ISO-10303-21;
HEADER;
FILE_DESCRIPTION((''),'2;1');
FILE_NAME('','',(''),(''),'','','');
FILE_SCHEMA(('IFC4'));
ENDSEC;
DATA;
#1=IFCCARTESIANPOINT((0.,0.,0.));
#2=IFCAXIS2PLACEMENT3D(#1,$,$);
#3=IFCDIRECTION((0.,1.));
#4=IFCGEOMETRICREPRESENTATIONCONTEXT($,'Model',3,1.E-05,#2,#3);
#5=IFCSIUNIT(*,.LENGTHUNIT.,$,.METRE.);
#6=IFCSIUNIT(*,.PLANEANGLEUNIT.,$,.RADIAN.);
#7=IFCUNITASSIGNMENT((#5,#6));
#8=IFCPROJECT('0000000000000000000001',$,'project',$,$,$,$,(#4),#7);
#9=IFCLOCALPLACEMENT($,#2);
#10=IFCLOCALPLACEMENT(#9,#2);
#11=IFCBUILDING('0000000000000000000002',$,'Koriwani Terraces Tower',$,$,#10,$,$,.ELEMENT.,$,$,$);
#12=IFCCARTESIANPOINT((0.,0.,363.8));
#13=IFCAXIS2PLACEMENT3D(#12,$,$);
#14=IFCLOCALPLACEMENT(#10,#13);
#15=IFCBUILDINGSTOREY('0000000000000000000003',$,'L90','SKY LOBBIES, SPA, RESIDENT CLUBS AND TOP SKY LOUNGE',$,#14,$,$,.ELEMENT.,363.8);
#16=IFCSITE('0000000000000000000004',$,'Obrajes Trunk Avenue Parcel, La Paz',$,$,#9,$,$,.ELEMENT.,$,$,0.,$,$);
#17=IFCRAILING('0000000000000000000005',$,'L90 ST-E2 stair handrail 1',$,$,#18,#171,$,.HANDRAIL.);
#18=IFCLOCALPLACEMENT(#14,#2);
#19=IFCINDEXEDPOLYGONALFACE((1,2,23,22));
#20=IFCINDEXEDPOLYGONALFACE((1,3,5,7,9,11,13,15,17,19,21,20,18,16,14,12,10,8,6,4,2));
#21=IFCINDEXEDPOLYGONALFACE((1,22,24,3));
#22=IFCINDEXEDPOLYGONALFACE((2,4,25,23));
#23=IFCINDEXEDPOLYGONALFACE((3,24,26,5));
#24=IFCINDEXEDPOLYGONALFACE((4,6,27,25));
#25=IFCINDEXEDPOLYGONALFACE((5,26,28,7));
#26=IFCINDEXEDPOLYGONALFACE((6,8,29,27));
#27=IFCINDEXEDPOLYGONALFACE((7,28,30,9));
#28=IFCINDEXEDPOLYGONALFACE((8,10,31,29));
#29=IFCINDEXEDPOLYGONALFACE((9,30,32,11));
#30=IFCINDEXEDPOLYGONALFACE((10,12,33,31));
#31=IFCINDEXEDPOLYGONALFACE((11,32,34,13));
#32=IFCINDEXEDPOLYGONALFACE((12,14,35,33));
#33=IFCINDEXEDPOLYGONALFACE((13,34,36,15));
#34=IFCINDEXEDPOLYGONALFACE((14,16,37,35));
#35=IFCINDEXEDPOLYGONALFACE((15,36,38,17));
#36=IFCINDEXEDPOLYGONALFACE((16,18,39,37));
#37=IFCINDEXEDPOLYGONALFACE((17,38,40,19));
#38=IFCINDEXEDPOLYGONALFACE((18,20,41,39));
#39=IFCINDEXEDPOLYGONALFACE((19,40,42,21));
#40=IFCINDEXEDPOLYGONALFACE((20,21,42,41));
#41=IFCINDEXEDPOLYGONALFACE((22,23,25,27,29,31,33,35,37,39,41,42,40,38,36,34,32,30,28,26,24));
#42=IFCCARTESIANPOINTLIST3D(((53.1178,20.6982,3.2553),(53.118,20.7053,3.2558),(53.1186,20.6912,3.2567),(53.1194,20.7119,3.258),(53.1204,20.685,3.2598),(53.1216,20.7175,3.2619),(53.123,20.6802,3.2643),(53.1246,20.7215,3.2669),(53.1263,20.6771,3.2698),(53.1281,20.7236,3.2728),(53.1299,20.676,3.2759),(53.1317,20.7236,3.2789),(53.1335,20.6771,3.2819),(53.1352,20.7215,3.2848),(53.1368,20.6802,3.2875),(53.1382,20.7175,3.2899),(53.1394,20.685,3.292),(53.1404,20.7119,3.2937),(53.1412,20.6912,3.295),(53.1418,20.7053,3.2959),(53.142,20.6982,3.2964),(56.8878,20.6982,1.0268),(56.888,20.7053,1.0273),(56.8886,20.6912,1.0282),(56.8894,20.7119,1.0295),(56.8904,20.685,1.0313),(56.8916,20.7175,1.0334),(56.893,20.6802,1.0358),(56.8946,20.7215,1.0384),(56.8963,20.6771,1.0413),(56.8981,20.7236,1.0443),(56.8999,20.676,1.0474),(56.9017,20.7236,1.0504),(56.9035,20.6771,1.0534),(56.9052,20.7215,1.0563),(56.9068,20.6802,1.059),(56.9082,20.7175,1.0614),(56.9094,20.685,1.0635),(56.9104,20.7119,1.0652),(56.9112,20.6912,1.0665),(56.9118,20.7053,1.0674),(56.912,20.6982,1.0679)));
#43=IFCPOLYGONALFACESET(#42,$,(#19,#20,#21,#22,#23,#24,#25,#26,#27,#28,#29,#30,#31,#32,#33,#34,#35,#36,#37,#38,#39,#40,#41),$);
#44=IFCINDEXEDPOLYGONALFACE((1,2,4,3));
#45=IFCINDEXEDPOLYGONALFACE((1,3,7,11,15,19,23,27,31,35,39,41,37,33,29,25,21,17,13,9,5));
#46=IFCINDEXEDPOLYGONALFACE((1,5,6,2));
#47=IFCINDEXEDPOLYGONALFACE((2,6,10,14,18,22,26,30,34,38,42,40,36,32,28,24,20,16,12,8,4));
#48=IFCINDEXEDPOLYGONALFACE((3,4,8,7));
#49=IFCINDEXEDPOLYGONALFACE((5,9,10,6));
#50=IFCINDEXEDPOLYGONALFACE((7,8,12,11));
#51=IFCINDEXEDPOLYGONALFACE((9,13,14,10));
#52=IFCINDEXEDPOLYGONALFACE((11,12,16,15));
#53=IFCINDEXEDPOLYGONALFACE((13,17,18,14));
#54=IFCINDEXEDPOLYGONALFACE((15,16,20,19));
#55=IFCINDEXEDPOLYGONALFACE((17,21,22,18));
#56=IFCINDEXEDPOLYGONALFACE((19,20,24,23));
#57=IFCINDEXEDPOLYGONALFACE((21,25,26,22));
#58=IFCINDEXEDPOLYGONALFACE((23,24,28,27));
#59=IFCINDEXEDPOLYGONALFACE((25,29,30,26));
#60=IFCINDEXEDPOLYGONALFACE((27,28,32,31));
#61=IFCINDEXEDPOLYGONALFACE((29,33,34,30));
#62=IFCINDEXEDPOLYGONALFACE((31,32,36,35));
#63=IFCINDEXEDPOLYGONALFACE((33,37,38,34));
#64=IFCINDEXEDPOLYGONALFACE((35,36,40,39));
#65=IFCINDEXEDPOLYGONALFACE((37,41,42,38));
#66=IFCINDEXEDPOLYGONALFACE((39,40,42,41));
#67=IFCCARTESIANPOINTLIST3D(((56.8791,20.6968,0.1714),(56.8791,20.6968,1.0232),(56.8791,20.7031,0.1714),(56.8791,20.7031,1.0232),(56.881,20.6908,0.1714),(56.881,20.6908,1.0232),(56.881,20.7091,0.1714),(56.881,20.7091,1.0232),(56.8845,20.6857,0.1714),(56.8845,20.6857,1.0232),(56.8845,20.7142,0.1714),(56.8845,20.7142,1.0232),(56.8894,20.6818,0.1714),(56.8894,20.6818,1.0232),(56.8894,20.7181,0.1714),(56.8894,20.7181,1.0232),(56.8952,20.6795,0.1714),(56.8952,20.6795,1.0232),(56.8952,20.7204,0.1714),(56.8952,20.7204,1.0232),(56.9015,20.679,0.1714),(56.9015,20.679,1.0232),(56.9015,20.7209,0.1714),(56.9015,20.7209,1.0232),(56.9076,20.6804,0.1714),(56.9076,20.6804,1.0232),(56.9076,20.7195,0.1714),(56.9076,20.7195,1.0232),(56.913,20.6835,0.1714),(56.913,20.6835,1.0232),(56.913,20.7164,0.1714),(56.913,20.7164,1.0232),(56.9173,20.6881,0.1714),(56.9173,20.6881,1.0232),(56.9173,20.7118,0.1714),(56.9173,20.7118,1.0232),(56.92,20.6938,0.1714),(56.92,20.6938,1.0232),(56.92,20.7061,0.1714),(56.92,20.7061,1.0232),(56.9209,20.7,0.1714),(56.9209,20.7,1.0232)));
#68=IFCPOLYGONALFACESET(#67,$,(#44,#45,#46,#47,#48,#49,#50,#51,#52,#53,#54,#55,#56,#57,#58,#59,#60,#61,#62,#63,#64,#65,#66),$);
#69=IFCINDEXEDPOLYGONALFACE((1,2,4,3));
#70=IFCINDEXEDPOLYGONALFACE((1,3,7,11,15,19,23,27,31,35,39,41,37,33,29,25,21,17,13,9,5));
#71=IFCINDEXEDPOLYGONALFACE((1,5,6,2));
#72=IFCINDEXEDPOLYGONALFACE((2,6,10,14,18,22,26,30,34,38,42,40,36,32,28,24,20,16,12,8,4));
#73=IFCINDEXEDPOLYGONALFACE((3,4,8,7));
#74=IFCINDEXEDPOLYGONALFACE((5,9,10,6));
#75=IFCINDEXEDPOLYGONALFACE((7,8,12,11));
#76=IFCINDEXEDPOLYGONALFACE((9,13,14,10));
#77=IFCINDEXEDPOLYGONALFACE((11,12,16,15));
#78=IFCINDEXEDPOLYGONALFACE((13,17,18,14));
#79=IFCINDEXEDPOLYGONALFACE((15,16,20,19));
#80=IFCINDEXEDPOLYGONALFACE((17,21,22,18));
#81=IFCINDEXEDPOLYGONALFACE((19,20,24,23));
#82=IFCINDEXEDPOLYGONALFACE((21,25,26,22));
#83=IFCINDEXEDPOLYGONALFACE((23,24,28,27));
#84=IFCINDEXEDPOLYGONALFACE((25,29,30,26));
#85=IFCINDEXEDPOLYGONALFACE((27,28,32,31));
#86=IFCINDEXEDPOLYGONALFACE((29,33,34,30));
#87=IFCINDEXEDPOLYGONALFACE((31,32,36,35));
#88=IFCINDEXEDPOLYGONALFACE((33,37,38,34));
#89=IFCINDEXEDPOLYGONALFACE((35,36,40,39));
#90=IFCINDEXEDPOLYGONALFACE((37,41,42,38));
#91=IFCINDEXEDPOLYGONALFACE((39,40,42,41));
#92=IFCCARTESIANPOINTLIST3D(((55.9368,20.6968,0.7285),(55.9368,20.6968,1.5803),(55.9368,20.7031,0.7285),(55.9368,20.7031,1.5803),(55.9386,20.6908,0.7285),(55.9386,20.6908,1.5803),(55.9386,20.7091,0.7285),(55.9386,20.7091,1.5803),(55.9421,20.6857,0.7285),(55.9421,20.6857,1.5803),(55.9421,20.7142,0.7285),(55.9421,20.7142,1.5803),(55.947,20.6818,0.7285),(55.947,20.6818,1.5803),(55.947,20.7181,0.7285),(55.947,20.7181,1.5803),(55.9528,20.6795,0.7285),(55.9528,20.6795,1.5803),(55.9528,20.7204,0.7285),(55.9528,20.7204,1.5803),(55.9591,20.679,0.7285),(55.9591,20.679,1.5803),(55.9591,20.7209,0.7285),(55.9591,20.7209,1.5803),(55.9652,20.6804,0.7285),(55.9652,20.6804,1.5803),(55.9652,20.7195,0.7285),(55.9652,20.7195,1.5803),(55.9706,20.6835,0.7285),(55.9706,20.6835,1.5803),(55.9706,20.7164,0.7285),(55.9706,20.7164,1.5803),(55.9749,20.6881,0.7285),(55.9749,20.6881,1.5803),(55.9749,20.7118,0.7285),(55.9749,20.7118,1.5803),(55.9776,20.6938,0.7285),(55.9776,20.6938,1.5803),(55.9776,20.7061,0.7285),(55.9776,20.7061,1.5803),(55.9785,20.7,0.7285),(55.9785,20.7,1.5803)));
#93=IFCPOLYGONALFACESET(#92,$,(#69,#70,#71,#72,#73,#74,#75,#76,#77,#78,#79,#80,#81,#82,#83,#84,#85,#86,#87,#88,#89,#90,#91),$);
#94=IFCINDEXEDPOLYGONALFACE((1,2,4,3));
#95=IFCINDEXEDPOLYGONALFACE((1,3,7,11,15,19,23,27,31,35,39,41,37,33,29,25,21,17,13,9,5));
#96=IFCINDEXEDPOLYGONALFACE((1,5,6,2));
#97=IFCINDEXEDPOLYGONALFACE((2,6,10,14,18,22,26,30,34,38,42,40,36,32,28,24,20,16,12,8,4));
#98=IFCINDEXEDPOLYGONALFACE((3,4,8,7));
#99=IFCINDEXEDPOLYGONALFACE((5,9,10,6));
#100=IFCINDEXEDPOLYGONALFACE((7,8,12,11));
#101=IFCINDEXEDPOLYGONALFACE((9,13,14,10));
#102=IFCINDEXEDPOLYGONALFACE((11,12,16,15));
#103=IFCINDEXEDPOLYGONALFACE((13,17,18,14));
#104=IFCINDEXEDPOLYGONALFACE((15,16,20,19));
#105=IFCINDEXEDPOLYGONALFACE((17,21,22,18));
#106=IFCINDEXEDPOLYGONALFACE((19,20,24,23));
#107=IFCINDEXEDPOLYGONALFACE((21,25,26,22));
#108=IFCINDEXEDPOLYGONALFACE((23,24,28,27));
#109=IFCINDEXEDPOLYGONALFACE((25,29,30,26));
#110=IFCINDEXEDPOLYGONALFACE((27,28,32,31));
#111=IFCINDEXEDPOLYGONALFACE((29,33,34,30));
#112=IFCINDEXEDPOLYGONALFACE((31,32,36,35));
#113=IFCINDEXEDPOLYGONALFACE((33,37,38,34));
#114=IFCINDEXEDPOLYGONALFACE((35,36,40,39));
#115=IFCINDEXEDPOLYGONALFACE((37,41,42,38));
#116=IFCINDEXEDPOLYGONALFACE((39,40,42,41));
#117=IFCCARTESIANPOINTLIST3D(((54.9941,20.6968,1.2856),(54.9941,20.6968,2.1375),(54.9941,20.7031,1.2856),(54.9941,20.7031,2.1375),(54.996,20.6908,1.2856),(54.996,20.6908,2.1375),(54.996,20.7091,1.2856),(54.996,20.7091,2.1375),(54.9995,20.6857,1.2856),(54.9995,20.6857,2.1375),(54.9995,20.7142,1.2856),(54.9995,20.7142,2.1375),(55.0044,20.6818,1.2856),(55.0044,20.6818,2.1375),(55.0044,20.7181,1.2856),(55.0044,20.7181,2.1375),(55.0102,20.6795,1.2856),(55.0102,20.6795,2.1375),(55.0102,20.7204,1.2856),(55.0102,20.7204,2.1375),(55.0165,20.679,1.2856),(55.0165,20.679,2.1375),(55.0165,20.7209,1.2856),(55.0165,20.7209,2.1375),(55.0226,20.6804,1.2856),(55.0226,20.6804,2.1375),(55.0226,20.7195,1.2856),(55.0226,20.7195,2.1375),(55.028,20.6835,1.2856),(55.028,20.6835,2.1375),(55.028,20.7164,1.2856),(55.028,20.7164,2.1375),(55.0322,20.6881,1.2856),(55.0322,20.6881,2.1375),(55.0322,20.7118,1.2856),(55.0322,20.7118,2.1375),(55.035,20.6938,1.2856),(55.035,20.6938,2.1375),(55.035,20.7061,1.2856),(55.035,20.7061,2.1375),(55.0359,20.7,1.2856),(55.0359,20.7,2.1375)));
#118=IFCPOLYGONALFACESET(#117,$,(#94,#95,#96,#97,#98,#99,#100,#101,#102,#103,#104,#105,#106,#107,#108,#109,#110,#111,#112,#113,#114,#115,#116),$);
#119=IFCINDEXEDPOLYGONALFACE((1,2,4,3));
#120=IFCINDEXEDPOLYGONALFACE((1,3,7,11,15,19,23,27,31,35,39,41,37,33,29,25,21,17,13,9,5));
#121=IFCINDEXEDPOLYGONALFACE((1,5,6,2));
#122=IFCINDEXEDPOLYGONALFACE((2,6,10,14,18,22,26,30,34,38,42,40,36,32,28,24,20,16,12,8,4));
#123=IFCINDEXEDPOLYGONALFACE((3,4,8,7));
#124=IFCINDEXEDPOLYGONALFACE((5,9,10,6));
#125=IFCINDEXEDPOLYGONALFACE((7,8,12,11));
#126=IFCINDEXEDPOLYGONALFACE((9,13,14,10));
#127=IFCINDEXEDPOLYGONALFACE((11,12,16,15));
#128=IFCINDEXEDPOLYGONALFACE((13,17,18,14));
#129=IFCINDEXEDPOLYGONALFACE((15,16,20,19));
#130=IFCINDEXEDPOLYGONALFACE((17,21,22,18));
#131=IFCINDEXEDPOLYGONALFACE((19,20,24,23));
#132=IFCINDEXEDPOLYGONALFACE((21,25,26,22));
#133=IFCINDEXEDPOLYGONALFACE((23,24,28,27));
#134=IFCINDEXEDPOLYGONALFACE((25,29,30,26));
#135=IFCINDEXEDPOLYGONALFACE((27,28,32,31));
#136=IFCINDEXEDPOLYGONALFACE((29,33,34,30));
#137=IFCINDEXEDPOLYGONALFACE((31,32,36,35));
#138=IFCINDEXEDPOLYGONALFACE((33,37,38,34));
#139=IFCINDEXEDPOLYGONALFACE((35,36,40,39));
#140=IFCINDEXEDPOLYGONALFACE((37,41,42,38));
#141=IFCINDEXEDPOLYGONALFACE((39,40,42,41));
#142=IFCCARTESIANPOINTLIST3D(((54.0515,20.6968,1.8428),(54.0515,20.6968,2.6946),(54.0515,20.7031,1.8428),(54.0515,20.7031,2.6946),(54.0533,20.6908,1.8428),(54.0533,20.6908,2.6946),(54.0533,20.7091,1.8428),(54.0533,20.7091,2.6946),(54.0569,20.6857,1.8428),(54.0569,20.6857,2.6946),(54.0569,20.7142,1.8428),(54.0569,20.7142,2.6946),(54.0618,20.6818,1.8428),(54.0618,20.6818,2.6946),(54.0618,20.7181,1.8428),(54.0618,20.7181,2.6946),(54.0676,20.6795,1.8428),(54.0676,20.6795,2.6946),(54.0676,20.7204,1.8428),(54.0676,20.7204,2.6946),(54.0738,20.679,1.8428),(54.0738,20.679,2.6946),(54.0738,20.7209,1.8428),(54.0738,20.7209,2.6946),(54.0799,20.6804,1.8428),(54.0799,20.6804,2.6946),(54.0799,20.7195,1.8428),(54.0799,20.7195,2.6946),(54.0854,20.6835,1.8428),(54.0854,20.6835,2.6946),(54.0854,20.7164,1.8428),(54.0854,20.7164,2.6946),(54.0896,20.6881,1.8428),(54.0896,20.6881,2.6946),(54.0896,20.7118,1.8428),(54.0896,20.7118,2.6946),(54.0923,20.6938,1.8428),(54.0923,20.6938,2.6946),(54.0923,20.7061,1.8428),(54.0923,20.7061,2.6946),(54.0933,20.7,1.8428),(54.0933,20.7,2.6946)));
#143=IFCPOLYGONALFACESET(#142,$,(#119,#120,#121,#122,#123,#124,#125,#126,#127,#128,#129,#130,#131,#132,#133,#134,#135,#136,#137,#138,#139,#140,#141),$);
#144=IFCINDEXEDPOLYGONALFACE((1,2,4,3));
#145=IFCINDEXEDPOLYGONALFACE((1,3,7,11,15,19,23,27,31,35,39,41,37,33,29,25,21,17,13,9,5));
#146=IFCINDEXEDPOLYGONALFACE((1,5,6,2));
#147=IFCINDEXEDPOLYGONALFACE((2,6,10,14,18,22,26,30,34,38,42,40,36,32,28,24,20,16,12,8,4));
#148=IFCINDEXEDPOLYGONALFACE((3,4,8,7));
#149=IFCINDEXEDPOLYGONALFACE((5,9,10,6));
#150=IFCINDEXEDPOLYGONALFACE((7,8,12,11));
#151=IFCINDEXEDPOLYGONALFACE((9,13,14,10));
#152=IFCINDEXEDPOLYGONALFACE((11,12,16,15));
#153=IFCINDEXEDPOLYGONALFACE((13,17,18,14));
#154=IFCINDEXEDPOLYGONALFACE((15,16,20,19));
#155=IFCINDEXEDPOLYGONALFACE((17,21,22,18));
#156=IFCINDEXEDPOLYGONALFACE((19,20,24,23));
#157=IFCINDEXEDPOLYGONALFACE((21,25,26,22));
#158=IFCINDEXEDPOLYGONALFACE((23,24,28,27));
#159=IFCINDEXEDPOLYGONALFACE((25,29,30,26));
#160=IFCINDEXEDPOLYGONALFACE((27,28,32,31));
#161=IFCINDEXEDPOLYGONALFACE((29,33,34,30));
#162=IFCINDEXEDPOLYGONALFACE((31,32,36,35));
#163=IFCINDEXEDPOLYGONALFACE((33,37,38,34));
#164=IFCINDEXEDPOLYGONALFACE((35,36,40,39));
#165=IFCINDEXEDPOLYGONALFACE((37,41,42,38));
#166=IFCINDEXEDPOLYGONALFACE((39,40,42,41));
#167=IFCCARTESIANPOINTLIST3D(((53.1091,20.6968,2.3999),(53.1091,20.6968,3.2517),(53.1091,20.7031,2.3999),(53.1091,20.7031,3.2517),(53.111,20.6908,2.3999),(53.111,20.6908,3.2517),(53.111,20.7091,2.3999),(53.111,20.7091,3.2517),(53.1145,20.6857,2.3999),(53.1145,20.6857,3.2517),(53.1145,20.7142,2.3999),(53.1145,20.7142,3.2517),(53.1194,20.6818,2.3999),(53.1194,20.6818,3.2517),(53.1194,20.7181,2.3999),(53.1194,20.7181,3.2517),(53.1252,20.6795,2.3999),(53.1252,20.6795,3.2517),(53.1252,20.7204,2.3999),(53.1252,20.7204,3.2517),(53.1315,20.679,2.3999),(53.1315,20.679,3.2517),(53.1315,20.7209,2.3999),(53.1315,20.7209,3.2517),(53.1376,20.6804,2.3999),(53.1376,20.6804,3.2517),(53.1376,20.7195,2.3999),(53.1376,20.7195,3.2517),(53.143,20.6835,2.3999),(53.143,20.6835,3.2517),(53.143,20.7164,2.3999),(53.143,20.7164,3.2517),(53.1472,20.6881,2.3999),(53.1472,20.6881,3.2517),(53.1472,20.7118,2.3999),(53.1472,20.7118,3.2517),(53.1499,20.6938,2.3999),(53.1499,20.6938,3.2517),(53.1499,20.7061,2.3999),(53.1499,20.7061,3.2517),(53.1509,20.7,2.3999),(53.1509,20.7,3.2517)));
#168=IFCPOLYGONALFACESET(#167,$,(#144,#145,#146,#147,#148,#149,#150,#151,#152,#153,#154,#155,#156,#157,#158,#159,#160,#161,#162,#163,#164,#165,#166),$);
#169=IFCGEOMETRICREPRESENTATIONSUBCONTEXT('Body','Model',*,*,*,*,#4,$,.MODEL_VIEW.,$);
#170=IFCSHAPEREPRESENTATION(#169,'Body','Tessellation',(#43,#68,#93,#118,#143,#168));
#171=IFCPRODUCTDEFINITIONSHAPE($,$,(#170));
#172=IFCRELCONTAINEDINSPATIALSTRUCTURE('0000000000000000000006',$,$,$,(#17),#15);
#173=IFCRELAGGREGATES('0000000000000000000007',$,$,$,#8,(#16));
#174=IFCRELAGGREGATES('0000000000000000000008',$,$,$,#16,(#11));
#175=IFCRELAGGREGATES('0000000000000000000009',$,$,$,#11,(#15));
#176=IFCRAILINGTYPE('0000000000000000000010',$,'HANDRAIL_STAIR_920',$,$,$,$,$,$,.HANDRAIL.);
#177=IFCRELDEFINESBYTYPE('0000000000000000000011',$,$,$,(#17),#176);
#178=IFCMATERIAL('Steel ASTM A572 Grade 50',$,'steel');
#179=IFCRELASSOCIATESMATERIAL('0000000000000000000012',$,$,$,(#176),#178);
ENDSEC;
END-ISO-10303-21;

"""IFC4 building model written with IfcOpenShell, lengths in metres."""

from ifc_helpers import new_model, si_unit, direction, frame, origin, origin_2d, place, context, subcontext, project, spatial, circle, extrude, material, type_object, element, save


model = new_model("IFC4")

# Units and contexts
model_context = context("Model", 3, precision=1e-05, world=origin(), true_north=direction((0.0, 1.0)))
body_context = subcontext(model_context, "Body", "Model", "MODEL_VIEW")
ifc_project = project(units=[si_unit("LENGTHUNIT", "METRE"), si_unit("PLANEANGLEUNIT", "RADIAN")], contexts=[model_context])

# Site, building, storey
site_placement = place(None, origin())
site = spatial("IfcSite", under=ifc_project, at=site_placement, Name="Obrajes Trunk Avenue Parcel, La Paz", CompositionType="ELEMENT", RefElevation=0.0)
building_placement = place(site_placement, origin())
building = spatial("IfcBuilding", under=site, at=building_placement, Name="Koriwani Terraces Tower", CompositionType="ELEMENT")
storey_placement = place(building_placement, frame((0.0, 0.0, 363.8)))
storey = spatial("IfcBuildingStorey", under=building, at=storey_placement, Name="L90", Description="SKY LOBBIES, SPA, RESIDENT CLUBS AND TOP SKY LOUNGE", CompositionType="ELEMENT", Elevation=363.8)

# Shared definitions
ifc_material_1 = material(Name="Steel ASTM A572 Grade 50", Category="steel")

# Railing
railing_type_1 = type_object("IfcRailingType", Name="HANDRAIL_STAIR_920", PredefinedType="HANDRAIL", material=ifc_material_1)
railing_1_placement = place(storey_placement, frame((56.8999, 20.7, 0.1714)))
element("IfcRailing", 1, at=railing_1_placement, inside=storey, type_object=railing_type_1, Name="L90 ST-E2 stair handrail 1", PredefinedType="HANDRAIL", context=body_context, shape_type="SweptSolid", body=[
    extrude(circle(Radius=0.0239, at=origin_2d()), frame((0.0, 0.0, 0.876), z_axis=(-0.860849, 0.0, 0.508861), x_axis=(0.0, -1.0, 0.0)), (0.0, 0.0, 1.0), 4.3794),
    extrude(circle(Radius=0.021, at=origin_2d()), origin(), (0.0, 0.0, 1.0), 0.8518),
    extrude(circle(Radius=0.021, at=origin_2d()), frame((-0.9424, 0.0, 0.5571)), (0.0, 0.0, 1.0), 0.8518),
    extrude(circle(Radius=0.021, at=origin_2d()), frame((-1.885, 0.0, 1.1143)), (0.0, 0.0, 1.0), 0.8518),
    extrude(circle(Radius=0.021, at=origin_2d()), frame((-2.8276, 0.0, 1.6714)), (0.0, 0.0, 1.0), 0.8518),
    extrude(circle(Radius=0.021, at=origin_2d()), frame((-3.77, 0.0, 2.2285)), (0.0, 0.0, 1.0), 0.8518),
])

save(model, "model.ifc")
